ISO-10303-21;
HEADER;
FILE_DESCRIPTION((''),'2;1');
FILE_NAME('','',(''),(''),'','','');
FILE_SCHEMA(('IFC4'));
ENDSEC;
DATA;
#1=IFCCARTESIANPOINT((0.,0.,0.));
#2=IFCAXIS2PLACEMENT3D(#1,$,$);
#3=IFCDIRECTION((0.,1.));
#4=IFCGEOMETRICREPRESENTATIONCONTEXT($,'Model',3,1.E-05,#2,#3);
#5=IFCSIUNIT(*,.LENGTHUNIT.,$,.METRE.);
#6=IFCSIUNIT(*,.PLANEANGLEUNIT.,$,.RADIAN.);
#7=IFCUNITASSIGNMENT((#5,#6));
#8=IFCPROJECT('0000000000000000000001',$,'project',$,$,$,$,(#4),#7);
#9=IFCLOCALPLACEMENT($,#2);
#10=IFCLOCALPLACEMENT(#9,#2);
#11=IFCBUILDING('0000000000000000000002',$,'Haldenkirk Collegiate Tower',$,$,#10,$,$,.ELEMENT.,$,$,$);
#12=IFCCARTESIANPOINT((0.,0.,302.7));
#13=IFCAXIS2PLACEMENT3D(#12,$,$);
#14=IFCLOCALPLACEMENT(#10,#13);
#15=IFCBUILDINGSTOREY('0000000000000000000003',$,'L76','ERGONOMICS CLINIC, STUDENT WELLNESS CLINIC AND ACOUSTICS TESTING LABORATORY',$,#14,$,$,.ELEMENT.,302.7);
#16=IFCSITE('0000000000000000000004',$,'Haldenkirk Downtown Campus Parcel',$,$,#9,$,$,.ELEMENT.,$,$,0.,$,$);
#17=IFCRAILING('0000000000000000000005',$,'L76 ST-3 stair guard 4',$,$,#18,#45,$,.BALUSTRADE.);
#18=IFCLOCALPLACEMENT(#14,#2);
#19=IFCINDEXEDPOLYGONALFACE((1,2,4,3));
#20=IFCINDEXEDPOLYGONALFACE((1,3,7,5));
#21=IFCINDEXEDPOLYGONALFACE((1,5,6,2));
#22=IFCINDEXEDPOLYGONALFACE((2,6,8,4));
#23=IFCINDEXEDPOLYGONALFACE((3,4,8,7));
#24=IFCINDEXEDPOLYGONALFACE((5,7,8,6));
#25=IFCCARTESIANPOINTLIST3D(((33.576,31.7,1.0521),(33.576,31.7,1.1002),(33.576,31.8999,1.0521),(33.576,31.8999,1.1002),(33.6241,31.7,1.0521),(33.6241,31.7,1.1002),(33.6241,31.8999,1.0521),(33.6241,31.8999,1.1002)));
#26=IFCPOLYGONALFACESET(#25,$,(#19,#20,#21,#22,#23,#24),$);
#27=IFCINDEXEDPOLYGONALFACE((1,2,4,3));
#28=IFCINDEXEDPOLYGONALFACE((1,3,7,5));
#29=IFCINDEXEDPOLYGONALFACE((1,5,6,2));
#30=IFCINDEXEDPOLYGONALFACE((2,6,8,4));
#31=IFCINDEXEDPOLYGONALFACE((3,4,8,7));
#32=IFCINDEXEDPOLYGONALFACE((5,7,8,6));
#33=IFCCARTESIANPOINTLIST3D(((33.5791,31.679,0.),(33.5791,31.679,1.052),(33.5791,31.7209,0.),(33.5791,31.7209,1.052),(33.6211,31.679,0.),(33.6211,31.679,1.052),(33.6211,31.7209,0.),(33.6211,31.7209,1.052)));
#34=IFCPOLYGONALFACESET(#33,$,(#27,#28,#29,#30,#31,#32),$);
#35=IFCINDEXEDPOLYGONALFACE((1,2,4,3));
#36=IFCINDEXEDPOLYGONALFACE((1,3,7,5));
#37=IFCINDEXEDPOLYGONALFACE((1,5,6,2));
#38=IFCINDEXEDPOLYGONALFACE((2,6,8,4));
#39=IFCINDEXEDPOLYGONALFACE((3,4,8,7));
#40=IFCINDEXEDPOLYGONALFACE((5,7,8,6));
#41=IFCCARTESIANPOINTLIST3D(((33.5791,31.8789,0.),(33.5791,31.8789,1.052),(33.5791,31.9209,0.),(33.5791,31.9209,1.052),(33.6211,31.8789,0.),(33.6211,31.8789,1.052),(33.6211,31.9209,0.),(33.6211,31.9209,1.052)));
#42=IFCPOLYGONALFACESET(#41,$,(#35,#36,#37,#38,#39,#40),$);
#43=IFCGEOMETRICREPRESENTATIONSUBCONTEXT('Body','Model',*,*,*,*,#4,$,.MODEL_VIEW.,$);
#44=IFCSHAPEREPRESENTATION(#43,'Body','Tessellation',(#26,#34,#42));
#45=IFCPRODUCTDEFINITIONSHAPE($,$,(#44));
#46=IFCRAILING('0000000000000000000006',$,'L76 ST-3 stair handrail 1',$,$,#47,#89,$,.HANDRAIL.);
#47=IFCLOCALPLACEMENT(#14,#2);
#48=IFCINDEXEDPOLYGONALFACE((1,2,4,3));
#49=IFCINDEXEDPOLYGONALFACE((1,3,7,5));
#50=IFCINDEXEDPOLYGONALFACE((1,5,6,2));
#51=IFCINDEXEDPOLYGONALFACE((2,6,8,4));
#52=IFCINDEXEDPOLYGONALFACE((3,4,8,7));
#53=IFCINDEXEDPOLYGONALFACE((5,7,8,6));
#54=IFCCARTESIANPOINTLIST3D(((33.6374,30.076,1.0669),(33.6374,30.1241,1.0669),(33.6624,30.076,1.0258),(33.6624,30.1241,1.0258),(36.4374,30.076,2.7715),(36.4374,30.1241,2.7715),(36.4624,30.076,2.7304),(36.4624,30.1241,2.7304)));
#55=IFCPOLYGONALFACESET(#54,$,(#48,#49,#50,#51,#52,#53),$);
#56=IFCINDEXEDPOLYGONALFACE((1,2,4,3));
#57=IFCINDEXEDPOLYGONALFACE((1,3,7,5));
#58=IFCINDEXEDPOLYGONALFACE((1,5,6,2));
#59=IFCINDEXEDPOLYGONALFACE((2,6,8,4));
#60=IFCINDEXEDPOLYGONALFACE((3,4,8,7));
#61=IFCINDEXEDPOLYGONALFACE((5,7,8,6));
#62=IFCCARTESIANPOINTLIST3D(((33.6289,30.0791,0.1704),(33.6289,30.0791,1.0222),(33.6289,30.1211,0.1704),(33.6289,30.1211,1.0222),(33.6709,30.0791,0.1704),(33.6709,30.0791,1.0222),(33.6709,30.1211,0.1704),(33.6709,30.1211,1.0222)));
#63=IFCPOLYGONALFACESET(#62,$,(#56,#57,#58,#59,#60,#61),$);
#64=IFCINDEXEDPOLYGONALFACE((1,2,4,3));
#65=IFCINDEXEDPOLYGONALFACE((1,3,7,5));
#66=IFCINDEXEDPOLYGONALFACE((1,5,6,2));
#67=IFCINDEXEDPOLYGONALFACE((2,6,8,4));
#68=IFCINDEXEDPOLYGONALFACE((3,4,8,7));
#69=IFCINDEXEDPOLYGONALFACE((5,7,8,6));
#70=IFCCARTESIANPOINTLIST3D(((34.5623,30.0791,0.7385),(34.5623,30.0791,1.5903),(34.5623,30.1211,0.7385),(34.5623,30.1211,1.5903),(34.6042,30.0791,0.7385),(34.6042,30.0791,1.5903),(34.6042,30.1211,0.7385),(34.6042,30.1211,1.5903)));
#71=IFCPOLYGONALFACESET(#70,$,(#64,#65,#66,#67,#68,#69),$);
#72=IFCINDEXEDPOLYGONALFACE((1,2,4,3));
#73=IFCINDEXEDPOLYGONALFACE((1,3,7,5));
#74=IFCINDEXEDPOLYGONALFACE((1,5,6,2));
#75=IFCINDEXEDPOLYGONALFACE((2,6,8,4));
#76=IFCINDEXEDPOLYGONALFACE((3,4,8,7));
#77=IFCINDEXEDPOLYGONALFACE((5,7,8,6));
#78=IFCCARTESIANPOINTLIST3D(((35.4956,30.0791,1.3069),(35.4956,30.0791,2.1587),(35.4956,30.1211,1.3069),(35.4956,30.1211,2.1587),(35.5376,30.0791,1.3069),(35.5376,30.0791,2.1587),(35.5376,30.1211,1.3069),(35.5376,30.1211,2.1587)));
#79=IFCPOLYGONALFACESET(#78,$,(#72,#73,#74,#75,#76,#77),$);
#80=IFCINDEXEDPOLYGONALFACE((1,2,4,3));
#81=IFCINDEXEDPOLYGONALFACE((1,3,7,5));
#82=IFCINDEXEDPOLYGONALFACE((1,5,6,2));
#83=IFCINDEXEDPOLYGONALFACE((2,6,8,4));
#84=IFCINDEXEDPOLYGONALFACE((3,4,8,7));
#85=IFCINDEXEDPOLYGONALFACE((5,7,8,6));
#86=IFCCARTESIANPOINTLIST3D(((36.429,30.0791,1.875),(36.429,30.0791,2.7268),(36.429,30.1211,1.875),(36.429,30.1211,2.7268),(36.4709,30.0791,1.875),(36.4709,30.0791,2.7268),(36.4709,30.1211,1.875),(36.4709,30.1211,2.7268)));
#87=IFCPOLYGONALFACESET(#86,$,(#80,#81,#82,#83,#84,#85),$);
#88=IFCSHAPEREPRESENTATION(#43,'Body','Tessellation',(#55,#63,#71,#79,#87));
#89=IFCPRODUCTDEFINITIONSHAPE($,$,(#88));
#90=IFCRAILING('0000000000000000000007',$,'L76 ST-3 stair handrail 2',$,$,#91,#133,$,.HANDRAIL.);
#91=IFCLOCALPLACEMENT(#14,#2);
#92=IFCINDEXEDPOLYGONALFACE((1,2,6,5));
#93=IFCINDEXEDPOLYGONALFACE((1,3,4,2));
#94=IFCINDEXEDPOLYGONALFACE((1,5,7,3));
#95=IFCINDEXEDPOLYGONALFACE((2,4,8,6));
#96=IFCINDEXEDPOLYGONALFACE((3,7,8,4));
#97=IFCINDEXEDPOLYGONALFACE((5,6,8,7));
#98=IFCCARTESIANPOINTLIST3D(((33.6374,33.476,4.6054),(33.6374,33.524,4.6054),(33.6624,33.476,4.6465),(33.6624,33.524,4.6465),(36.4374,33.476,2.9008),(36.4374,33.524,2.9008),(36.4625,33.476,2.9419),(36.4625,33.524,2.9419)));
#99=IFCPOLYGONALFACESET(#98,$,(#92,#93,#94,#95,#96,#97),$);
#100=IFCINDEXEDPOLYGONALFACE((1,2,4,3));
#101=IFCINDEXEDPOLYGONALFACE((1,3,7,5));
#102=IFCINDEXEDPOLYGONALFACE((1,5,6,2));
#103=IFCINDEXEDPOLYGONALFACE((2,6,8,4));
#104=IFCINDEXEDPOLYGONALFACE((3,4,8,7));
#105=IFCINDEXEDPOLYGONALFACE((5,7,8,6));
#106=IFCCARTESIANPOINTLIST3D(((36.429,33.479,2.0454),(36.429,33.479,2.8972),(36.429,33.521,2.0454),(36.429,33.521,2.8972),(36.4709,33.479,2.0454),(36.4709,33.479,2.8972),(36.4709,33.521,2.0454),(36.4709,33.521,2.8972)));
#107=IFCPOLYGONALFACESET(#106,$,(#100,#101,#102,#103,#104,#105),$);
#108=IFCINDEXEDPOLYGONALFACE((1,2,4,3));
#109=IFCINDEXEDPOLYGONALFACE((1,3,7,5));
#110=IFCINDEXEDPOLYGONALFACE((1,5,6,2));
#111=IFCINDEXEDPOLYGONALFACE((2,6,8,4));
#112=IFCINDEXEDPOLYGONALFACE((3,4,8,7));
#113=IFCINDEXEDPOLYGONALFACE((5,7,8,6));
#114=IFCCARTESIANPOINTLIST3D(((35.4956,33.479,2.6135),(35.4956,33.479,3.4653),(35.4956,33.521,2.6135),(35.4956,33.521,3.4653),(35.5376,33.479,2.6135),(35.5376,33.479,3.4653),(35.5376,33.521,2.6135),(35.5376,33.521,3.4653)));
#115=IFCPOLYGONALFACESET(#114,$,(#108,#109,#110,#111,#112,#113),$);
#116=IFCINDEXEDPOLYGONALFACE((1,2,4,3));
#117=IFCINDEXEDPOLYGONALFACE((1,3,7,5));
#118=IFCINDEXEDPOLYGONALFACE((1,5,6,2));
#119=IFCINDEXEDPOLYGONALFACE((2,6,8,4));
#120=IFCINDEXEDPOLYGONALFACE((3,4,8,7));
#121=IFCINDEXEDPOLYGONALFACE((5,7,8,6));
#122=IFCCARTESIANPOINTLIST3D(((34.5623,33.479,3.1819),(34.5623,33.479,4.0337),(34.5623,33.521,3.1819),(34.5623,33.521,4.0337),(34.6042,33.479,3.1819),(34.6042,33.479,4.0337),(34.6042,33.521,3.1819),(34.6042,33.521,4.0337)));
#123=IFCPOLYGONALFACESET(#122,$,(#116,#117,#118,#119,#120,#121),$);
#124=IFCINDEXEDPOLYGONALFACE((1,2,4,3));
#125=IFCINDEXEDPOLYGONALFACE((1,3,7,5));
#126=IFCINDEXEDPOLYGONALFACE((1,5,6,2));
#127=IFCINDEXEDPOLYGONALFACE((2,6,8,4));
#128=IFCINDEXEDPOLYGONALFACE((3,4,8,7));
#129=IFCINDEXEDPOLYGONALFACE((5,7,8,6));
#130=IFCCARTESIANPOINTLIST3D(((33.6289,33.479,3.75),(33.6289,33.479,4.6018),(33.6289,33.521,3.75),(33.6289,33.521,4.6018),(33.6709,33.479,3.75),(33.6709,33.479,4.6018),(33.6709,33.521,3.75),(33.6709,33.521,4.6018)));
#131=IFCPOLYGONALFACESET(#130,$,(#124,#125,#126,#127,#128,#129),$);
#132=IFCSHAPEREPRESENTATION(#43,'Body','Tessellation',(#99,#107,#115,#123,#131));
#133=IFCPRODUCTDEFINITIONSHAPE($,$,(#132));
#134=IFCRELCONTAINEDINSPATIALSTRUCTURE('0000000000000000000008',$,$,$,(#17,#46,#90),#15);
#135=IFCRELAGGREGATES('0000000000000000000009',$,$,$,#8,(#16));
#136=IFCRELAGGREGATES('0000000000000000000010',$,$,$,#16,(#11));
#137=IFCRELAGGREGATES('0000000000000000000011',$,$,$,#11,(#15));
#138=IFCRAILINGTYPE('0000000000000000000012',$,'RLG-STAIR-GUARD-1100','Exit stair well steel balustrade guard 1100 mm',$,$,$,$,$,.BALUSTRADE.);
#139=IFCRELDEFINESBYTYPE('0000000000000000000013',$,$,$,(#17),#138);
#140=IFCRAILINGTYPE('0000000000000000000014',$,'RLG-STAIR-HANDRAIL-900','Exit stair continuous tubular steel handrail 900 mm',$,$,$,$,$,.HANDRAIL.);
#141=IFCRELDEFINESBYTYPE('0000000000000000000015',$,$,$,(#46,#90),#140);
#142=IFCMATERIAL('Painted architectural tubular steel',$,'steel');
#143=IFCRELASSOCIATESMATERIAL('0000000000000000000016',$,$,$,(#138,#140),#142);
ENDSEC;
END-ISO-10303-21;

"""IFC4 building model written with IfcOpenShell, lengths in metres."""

from ifc_helpers import new_model, si_unit, direction, frame, origin, origin_2d, place, context, subcontext, project, spatial, rectangle, extrude, material, type_object, element, save


model = new_model("IFC4")

# Units and contexts
model_context = context("Model", 3, precision=1e-05, world=origin(), true_north=direction((0.0, 1.0)))
body_context = subcontext(model_context, "Body", "Model", "MODEL_VIEW")
ifc_project = project(units=[si_unit("LENGTHUNIT", "METRE"), si_unit("PLANEANGLEUNIT", "RADIAN")], contexts=[model_context])

# Site, building, storey
site_placement = place(None, origin())
site = spatial("IfcSite", under=ifc_project, at=site_placement, Name="Haldenkirk Downtown Campus Parcel", CompositionType="ELEMENT", RefElevation=0.0)
building_placement = place(site_placement, origin())
building = spatial("IfcBuilding", under=site, at=building_placement, Name="Haldenkirk Collegiate Tower", CompositionType="ELEMENT")
storey_placement = place(building_placement, frame((0.0, 0.0, 302.7)))
storey = spatial("IfcBuildingStorey", under=building, at=storey_placement, Name="L76", Description="ERGONOMICS CLINIC, STUDENT WELLNESS CLINIC AND ACOUSTICS TESTING LABORATORY", CompositionType="ELEMENT", Elevation=302.7)

# Railings
ifc_material_1 = material(Name="Painted architectural tubular steel", Category="steel")
railing_type_1 = type_object("IfcRailingType", Name="RLG-STAIR-GUARD-1100", Description="Exit stair well steel balustrade guard 1100 mm", PredefinedType="BALUSTRADE", material=ifc_material_1)
railing_1_placement = place(storey_placement, frame((33.6001, 31.7, 0.0)))
element("IfcRailing", 1, at=railing_1_placement, inside=storey, type_object=railing_type_1, Name="L76 ST-3 stair guard 4", PredefinedType="BALUSTRADE", context=body_context, shape_type="SweptSolid", body=[
    extrude(rectangle(XDim=0.0481, YDim=0.0481, at=origin_2d()), frame((0.0, 0.0, 1.0762), z_axis=(0.0, 1.0, 0.0), x_axis=(-1.0, 0.0, 0.0)), (0.0, 0.0, 1.0), 0.2),
    extrude(rectangle(XDim=0.042, YDim=0.042, at=origin_2d()), origin(), (0.0, 0.0, 1.0), 1.052),
    extrude(rectangle(XDim=0.042, YDim=0.042, at=origin_2d()), frame((0.0, 0.2, 0.0)), (0.0, 0.0, 1.0), 1.052),
])
railing_type_2 = type_object("IfcRailingType", Name="RLG-STAIR-HANDRAIL-900", Description="Exit stair continuous tubular steel handrail 900 mm", PredefinedType="HANDRAIL", material=ifc_material_1)
railing_2_placement = place(storey_placement, frame((33.6499, 30.1001, 0.1704)))
element("IfcRailing", 2, at=railing_2_placement, inside=storey, type_object=railing_type_2, Name="L76 ST-3 stair handrail 1", PredefinedType="HANDRAIL", context=body_context, shape_type="SweptSolid", body=[
    extrude(rectangle(XDim=0.0481, YDim=0.0481, at=origin_2d()), frame((0.0, 0.0, 0.876), z_axis=(0.85417, 0.0, 0.519994), x_axis=(0.0, 1.0, 0.0)), (0.0, 0.0, 1.0), 3.2781),
    extrude(rectangle(XDim=0.042, YDim=0.042, at=origin_2d()), origin(), (0.0, 0.0, 1.0), 0.8518),
    extrude(rectangle(XDim=0.042, YDim=0.042, at=origin_2d()), frame((0.9333, 0.0, 0.5681)), (0.0, 0.0, 1.0), 0.8518),
    extrude(rectangle(XDim=0.042, YDim=0.042, at=origin_2d()), frame((1.8667, 0.0, 1.1365)), (0.0, 0.0, 1.0), 0.8518),
    extrude(rectangle(XDim=0.042, YDim=0.042, at=origin_2d()), frame((2.8, 0.0, 1.7046)), (0.0, 0.0, 1.0), 0.8518),
])
railing_3_placement = place(storey_placement, frame((36.45, 33.5, 2.0454)))
element("IfcRailing", 3, at=railing_3_placement, inside=storey, type_object=railing_type_2, Name="L76 ST-3 stair handrail 2", PredefinedType="HANDRAIL", context=body_context, shape_type="SweptSolid", body=[
    extrude(rectangle(XDim=0.0481, YDim=0.0481, at=origin_2d()), frame((0.0, 0.0, 0.876), z_axis=(-0.85417, 0.0, 0.519994), x_axis=(0.0, -1.0, 0.0)), (0.0, 0.0, 1.0), 3.2781),
    extrude(rectangle(XDim=0.042, YDim=0.042, at=origin_2d()), origin(), (0.0, 0.0, 1.0), 0.8518),
    extrude(rectangle(XDim=0.042, YDim=0.042, at=origin_2d()), frame((-0.9333, 0.0, 0.5681)), (0.0, 0.0, 1.0), 0.8518),
    extrude(rectangle(XDim=0.042, YDim=0.042, at=origin_2d()), frame((-1.8667, 0.0, 1.1365)), (0.0, 0.0, 1.0), 0.8518),
    extrude(rectangle(XDim=0.042, YDim=0.042, at=origin_2d()), frame((-2.8, 0.0, 1.7046)), (0.0, 0.0, 1.0), 0.8518),
])

save(model, "model.ifc")
